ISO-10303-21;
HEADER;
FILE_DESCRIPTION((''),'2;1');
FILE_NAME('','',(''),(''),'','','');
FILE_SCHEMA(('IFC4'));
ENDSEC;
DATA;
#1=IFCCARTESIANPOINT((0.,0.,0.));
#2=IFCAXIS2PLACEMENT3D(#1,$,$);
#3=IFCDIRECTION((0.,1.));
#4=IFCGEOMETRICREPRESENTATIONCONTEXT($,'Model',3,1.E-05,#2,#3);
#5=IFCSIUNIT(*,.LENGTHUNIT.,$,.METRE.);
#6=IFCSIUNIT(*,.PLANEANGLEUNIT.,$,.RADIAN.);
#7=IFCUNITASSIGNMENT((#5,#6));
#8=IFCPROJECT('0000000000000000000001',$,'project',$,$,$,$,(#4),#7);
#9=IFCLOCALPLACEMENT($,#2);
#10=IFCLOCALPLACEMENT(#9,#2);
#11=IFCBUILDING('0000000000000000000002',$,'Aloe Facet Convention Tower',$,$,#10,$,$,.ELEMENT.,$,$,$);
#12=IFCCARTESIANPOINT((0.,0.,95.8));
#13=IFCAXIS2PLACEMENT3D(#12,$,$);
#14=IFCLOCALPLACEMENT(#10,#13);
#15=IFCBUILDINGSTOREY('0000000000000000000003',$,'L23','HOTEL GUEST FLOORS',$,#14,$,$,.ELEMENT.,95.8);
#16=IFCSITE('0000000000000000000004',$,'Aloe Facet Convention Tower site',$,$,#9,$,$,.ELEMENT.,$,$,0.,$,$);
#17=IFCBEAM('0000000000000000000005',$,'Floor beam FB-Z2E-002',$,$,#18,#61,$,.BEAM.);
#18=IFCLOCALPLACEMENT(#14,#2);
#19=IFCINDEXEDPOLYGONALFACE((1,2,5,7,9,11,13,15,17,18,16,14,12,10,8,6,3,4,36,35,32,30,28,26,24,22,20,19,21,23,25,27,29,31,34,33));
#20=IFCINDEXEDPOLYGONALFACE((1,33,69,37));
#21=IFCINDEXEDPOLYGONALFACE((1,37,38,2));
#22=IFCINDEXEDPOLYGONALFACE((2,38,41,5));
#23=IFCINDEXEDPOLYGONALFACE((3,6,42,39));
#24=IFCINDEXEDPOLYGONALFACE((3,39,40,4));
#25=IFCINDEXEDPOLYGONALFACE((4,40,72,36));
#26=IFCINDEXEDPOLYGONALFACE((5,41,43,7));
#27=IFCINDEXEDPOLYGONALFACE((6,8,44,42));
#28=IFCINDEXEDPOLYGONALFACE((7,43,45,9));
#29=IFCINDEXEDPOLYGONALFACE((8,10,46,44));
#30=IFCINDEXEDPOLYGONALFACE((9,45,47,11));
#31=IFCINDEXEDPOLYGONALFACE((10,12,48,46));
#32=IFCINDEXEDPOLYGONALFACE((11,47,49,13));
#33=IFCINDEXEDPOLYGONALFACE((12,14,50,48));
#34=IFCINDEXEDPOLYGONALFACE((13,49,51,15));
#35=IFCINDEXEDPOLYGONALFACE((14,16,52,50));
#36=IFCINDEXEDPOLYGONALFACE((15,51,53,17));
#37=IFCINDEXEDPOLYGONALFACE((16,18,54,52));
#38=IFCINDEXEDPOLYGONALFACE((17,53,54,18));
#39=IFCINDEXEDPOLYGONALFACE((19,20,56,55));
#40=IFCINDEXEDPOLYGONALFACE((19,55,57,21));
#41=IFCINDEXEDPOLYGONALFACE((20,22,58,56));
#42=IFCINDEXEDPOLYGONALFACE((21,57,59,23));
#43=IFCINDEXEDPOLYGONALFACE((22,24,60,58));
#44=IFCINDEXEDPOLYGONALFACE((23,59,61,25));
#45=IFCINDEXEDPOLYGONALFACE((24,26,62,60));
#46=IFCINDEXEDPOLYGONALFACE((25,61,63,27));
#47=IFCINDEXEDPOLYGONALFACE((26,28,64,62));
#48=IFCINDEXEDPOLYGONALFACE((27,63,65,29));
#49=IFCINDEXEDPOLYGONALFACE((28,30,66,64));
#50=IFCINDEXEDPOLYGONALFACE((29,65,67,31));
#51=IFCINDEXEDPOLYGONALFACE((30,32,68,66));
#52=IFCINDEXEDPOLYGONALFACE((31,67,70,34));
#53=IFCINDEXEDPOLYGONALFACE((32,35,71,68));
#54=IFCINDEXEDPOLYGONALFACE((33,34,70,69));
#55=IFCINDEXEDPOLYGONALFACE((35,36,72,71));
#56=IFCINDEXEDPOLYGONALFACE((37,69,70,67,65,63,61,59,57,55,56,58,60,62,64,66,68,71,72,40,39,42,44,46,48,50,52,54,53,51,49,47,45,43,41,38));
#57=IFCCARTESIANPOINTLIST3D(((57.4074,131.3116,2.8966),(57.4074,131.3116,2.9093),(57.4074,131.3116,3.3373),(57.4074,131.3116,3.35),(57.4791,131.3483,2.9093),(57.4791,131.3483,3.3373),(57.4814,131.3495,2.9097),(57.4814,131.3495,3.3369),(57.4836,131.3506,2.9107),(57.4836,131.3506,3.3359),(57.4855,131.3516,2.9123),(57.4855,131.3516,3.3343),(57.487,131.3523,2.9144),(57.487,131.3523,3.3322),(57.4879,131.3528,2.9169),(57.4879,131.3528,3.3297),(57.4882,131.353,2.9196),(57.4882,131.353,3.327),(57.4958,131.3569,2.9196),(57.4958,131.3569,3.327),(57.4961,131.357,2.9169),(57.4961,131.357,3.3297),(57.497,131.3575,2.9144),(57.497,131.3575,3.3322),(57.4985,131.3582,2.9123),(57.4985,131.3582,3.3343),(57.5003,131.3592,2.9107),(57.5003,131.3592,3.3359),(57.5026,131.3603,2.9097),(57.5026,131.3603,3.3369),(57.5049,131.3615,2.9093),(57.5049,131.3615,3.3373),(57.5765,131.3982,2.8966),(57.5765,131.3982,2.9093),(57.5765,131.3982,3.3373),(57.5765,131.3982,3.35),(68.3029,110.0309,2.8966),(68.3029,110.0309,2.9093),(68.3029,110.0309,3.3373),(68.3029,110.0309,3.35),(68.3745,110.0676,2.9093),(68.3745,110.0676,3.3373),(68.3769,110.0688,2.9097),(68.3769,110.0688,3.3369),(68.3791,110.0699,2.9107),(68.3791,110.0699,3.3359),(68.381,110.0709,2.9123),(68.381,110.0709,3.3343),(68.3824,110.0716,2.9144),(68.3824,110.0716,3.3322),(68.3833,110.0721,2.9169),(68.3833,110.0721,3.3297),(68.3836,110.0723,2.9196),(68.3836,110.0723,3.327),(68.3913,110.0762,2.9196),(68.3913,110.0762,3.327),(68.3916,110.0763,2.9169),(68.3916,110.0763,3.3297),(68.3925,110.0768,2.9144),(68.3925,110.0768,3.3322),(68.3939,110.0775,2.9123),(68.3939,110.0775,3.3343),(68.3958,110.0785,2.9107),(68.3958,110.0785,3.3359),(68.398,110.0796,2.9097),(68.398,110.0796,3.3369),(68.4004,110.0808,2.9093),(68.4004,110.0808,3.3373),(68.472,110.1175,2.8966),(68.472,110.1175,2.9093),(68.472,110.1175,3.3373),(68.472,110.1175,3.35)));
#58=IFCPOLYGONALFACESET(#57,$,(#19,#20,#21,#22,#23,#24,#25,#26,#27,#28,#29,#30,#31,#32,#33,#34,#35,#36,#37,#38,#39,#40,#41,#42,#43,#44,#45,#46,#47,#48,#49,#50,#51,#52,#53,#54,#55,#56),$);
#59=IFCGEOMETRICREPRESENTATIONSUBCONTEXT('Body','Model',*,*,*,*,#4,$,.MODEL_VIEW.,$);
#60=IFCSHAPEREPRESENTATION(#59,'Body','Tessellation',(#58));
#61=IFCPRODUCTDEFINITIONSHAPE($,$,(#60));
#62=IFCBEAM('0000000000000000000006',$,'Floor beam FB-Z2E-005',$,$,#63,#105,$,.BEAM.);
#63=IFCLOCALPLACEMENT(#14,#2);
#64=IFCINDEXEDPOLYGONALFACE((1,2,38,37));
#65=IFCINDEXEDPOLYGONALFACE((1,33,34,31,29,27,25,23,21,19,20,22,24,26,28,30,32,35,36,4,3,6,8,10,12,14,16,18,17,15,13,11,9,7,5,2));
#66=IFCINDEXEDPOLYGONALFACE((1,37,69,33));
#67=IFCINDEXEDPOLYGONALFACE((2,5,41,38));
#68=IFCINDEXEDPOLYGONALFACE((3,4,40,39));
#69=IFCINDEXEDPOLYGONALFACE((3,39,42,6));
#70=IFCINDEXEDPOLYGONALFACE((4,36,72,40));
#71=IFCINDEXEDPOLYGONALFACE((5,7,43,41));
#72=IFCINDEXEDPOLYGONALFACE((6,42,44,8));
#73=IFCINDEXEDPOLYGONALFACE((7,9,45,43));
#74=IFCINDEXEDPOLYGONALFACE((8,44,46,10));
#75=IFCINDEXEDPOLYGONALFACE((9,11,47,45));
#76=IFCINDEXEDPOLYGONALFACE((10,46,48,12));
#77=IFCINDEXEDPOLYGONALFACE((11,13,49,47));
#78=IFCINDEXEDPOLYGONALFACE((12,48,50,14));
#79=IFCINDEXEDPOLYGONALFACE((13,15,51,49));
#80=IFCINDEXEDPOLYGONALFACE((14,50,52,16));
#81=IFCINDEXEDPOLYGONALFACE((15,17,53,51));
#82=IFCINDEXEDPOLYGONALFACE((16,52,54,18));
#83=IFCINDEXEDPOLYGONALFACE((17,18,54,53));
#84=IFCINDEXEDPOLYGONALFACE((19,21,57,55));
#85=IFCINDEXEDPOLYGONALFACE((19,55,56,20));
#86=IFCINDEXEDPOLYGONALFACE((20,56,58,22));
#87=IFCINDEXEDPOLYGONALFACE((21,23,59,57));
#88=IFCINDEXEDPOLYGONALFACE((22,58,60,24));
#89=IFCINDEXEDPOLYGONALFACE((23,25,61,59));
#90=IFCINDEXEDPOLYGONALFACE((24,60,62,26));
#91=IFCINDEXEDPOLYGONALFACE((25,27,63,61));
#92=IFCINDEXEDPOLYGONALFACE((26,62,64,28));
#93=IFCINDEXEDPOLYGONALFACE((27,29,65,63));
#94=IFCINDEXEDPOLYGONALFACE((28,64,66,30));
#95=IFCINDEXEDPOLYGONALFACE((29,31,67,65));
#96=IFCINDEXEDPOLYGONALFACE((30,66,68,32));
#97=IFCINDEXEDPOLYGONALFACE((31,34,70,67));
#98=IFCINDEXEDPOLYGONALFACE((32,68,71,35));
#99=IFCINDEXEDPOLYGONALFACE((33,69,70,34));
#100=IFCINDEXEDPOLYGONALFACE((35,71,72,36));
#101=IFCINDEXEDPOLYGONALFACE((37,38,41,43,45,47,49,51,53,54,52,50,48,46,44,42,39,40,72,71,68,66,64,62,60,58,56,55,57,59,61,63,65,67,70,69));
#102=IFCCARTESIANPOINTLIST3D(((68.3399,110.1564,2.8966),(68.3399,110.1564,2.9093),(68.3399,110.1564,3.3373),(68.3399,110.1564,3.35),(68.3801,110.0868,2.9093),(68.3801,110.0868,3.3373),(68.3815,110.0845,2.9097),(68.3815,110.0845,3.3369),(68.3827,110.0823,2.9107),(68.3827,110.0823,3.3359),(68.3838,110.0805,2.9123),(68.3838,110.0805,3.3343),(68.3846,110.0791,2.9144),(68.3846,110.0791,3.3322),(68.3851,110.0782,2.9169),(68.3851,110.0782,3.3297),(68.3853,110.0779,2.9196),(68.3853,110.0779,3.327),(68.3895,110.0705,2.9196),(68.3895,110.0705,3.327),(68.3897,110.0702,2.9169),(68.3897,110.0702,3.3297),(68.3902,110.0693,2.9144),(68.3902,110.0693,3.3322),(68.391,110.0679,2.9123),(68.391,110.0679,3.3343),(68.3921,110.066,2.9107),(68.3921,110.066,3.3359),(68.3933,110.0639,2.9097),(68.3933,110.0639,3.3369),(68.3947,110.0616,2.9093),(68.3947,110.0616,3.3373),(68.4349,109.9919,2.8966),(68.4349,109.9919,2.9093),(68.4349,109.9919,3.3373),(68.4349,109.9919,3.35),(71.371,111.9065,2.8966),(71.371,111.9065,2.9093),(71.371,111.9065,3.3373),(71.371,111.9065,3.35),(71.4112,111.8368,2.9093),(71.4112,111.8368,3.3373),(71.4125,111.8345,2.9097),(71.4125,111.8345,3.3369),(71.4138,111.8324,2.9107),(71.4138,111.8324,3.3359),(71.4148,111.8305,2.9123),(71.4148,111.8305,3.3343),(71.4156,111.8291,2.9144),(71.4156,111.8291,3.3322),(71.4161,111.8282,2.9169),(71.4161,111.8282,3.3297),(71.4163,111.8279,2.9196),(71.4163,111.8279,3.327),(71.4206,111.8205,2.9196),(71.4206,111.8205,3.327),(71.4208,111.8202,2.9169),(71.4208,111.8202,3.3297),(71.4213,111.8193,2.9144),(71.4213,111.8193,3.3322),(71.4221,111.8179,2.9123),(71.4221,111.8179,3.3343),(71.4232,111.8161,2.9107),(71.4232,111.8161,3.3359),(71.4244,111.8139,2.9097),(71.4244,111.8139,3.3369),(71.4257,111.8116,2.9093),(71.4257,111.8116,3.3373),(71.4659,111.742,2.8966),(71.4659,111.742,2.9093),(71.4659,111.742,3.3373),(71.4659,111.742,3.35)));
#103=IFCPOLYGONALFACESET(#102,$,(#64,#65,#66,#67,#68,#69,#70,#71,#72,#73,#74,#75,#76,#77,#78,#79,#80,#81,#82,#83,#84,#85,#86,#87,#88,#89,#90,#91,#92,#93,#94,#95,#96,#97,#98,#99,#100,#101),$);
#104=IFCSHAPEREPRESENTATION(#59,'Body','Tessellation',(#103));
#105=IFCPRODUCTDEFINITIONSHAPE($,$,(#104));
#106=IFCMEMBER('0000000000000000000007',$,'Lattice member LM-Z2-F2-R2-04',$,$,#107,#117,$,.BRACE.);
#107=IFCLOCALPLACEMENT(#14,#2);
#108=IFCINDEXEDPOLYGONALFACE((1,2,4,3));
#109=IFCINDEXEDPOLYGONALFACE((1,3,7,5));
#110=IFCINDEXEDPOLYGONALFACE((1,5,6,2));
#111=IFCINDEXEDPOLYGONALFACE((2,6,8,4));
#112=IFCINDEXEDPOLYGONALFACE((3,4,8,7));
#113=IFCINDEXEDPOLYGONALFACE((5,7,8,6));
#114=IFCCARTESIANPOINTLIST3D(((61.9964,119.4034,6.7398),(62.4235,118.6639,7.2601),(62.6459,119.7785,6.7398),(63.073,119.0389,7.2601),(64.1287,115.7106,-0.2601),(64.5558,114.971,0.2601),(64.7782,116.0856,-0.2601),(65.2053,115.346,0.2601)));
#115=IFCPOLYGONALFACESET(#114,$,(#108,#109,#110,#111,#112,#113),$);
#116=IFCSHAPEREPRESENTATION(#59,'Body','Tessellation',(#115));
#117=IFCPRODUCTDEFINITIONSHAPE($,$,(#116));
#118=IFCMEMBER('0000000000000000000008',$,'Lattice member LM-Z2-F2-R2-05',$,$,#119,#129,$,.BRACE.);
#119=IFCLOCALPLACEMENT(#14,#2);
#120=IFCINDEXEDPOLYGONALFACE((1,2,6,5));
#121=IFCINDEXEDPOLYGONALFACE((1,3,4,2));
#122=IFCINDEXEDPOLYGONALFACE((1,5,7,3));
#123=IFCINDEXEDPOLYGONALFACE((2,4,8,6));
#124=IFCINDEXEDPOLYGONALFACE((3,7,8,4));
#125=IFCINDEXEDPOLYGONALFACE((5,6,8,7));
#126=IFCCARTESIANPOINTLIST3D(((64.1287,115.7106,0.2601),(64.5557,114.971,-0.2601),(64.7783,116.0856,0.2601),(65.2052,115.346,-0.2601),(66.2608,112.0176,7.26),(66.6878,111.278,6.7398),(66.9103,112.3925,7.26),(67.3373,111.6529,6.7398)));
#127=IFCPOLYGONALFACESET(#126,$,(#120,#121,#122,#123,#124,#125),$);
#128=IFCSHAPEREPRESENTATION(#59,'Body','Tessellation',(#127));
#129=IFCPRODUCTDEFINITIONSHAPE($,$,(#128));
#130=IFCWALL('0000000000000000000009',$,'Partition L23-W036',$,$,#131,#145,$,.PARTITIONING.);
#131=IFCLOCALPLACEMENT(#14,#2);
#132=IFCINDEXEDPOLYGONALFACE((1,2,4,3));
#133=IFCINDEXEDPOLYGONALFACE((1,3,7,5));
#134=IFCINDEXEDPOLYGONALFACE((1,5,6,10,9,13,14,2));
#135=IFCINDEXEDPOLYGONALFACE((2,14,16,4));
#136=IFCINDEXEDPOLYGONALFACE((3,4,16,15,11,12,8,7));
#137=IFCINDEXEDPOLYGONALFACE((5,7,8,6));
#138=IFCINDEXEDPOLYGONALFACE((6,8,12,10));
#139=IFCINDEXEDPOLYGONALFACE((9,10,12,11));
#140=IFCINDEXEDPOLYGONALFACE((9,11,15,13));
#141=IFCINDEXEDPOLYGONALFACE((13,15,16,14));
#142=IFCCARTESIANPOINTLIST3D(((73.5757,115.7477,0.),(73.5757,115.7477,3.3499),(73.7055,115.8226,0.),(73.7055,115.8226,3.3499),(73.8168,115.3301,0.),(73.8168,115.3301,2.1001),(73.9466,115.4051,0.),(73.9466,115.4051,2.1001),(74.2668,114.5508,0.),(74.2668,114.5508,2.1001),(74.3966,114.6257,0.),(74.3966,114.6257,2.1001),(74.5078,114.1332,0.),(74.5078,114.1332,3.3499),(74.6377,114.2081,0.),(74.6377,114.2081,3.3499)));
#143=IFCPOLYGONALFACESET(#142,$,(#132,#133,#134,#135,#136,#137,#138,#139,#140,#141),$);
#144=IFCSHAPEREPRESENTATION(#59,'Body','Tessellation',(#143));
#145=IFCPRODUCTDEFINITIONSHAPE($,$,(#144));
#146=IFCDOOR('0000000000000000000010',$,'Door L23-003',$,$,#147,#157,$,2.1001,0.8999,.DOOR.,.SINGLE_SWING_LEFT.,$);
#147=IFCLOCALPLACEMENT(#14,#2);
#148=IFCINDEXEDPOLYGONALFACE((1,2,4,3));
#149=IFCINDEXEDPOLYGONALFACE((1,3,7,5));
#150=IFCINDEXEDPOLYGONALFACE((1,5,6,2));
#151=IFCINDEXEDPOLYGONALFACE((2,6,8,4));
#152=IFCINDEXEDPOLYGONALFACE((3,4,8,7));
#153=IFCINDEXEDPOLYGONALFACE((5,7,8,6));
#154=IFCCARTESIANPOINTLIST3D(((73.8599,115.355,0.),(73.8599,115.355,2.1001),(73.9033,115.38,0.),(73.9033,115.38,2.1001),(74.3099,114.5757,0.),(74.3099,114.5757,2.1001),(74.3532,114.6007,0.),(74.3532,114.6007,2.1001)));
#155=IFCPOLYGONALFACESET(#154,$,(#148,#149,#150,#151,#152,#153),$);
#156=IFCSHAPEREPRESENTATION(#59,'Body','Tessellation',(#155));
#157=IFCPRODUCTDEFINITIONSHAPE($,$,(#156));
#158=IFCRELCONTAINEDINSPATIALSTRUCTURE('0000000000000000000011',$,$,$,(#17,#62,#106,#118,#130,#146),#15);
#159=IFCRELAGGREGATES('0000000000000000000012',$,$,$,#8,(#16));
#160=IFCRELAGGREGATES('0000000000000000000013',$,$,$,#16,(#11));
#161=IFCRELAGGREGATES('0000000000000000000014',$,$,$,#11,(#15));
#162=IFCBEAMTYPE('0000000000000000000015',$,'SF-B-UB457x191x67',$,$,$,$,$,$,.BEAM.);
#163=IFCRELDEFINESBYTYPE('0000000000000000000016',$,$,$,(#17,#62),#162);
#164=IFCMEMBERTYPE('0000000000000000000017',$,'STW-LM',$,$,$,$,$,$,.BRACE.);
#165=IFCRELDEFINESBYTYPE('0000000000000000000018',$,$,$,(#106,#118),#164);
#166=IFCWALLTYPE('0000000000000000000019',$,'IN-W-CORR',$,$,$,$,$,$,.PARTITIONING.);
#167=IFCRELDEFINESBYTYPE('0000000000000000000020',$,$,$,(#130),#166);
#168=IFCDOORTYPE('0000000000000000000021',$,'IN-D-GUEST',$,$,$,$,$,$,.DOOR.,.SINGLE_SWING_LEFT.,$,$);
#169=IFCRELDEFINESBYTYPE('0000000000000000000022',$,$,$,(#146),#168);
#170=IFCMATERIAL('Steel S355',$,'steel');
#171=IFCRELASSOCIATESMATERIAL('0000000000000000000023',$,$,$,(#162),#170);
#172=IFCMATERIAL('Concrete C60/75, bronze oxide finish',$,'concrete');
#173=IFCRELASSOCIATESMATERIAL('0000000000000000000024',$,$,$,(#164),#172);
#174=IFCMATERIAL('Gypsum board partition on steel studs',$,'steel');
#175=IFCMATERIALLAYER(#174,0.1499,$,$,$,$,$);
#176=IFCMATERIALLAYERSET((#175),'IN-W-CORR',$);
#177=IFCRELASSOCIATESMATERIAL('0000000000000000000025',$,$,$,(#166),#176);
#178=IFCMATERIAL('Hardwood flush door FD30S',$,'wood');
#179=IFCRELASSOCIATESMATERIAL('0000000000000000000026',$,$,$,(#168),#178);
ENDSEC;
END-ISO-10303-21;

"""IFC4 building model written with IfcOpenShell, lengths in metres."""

from ifc_helpers import new_model, si_unit, direction, frame, frame_2d, origin, origin_2d, place, context, subcontext, project, spatial, rectangle, i_section, extrude, material, layer, layer_set, material_profile, profile_set, type_object, element, fill, save


model = new_model("IFC4")

# Units and contexts
model_context = context("Model", 3, precision=1e-05, world=origin(), true_north=direction((0.0, 1.0)))
body_context = subcontext(model_context, "Body", "Model", "MODEL_VIEW")
ifc_project = project(units=[si_unit("LENGTHUNIT", "METRE"), si_unit("PLANEANGLEUNIT", "RADIAN")], contexts=[model_context])

# Site, building, storey
site_placement = place(None, origin())
site = spatial("IfcSite", under=ifc_project, at=site_placement, Name="Aloe Facet Convention Tower site", CompositionType="ELEMENT", RefElevation=0.0)
building_placement = place(site_placement, origin())
building = spatial("IfcBuilding", under=site, at=building_placement, Name="Aloe Facet Convention Tower", CompositionType="ELEMENT")
storey_placement = place(building_placement, frame((0.0, 0.0, 95.8)))
storey = spatial("IfcBuildingStorey", under=building, at=storey_placement, Name="L23", Description="HOTEL GUEST FLOORS", CompositionType="ELEMENT", Elevation=95.8)

# Beams
ifc_material_1 = material(Name="Steel S355", Category="steel")
ifc_material_profile_1 = material_profile(ifc_material_1, i_section(OverallWidth=0.1899, OverallDepth=0.4534, WebThickness=0.0085, FlangeThickness=0.0127, FilletRadius=0.0103, at=origin_2d()), Name="UB 457x191x67")
ifc_profile_set_1 = profile_set([ifc_material_profile_1], Name="Steel S355")
beam_type_1 = type_object("IfcBeamType", Name="SF-B-UB457x191x67", PredefinedType="BEAM", material=ifc_profile_set_1)
beam_1_placement = place(storey_placement, frame((68.3875, 110.0742, 3.1233), z_axis=(-0.45573, 0.890118, 0.0), x_axis=(-0.890118, -0.45573, 0.0)))
element("IfcBeam", 1, at=beam_1_placement, inside=storey, type_object=beam_type_1, Name="Floor beam FB-Z2E-002", PredefinedType="BEAM", context=body_context, shape_type="SweptSolid", body=[
    extrude(i_section(OverallWidth=0.1899, OverallDepth=0.4534, WebThickness=0.0085, FlangeThickness=0.0127, FilletRadius=0.0103, at=origin_2d()), origin(), (0.0, 0.0, 1.0), 23.9077),
])
beam_2_placement = place(storey_placement, frame((71.4185, 111.8242, 3.1233), z_axis=(-0.866019, -0.50001, 0.0), x_axis=(0.50001, -0.866019, 0.0)))
element("IfcBeam", 2, at=beam_2_placement, inside=storey, type_object=beam_type_1, Name="Floor beam FB-Z2E-005", PredefinedType="BEAM", context=body_context, shape_type="SweptSolid", body=[
    extrude(i_section(OverallWidth=0.1899, OverallDepth=0.4534, WebThickness=0.0085, FlangeThickness=0.0127, FilletRadius=0.0103, at=origin_2d()), origin(), (0.0, 0.0, 1.0), 3.5),
])

# Members
ifc_material_2 = material(Name="Concrete C60/75, bronze oxide finish", Category="concrete")
ifc_material_profile_2 = material_profile(ifc_material_2, rectangle(XDim=0.75, YDim=1.0, at=origin_2d()), Name="STW-LM")
ifc_profile_set_2 = profile_set([ifc_material_profile_2], Name="Concrete C60/75, bronze oxide finish")
member_type = type_object("IfcMemberType", Name="STW-LM", PredefinedType="BRACE", material=ifc_profile_set_2)
for number, where, z_axis, x_axis, name in (
    (3, (64.667, 115.5283, 0.0), (-0.260148, 0.450537, 0.854014), (-0.866001, -0.500043, 0.0), "Lattice member LM-Z2-F2-R2-04"),
    (4, (64.667, 115.5283, 0.0), (0.260116, -0.450565, 0.854009), (0.86604, 0.499975, 0.0), "Lattice member LM-Z2-F2-R2-05"),
):
    element("IfcMember", number, at=place(storey_placement, frame(where, z_axis=z_axis, x_axis=x_axis)), inside=storey, type_object=member_type, Name=name, PredefinedType="BRACE", context=body_context, shape_type="SweptSolid", body=[
        extrude(rectangle(XDim=0.75, YDim=1.0, at=origin_2d()), origin(), (0.0, 0.0, 1.0), 8.1965),
    ])

# Wall, opening, door
ifc_material_3 = material(Name="Gypsum board partition on steel studs", Category="steel")
ifc_layer_1 = layer(ifc_material_3, 0.1499)
ifc_layer_set_1 = layer_set([ifc_layer_1], Name="IN-W-CORR")
wall_type_1 = type_object("IfcWallType", Name="IN-W-CORR", PredefinedType="PARTITIONING", material=ifc_layer_set_1)
wall_1_placement = place(storey_placement, frame((73.6406, 115.7852, 0.0), z_axis=(0.0, 0.0, 1.0), x_axis=(0.499998, -0.866026, 0.0)))
wall_1 = element("IfcWall", 5, at=wall_1_placement, inside=storey, type_object=wall_type_1, Name="Partition L23-W036", PredefinedType="PARTITIONING", context=body_context, shape_type="SweptSolid", body=[
    extrude(rectangle(XDim=1.8643, YDim=0.1499, at=frame_2d((0.9321, 0.0))), origin(), (0.0, 0.0, 1.0), 3.3499),
])
opening_1_placement = place(wall_1_placement, frame((0.4822, 0.0, 0.0)))
opening_1 = element("IfcOpeningElement", 6, at=opening_1_placement, cuts=wall_1, PredefinedType="OPENING", context=body_context, shape_type="SweptSolid", body=[
    extrude(rectangle(XDim=0.8999, YDim=2.1001, at=frame_2d((0.45, 1.05))), frame((0.0, 0.085, 0.0), z_axis=(0.0, -1.0, 0.0), x_axis=(1.0, 0.0, 0.0)), (0.0, 0.0, 1.0), 0.1699),
])
ifc_material_4 = material(Name="Hardwood flush door FD30S", Category="wood")
door_type_1 = type_object("IfcDoorType", Name="IN-D-GUEST", OperationType="SINGLE_SWING_LEFT", PredefinedType="DOOR", material=ifc_material_4)
door_1_placement = place(opening_1_placement, origin())
door_1 = element("IfcDoor", 7, at=door_1_placement, inside=storey, type_object=door_type_1, Name="Door L23-003", OperationType="SINGLE_SWING_LEFT", OverallHeight=2.1001, OverallWidth=0.8999, PredefinedType="DOOR", context=body_context, shape_type="SweptSolid", body=[
    extrude(rectangle(XDim=0.8999, YDim=2.1001, at=frame_2d((0.45, 1.05))), frame((0.0, 0.0249, 0.0), z_axis=(0.0, -1.0, 0.0), x_axis=(1.0, 0.0, 0.0)), (0.0, 0.0, 1.0), 0.05),
])
fill(opening_1, door_1)

save(model, "model.ifc")
